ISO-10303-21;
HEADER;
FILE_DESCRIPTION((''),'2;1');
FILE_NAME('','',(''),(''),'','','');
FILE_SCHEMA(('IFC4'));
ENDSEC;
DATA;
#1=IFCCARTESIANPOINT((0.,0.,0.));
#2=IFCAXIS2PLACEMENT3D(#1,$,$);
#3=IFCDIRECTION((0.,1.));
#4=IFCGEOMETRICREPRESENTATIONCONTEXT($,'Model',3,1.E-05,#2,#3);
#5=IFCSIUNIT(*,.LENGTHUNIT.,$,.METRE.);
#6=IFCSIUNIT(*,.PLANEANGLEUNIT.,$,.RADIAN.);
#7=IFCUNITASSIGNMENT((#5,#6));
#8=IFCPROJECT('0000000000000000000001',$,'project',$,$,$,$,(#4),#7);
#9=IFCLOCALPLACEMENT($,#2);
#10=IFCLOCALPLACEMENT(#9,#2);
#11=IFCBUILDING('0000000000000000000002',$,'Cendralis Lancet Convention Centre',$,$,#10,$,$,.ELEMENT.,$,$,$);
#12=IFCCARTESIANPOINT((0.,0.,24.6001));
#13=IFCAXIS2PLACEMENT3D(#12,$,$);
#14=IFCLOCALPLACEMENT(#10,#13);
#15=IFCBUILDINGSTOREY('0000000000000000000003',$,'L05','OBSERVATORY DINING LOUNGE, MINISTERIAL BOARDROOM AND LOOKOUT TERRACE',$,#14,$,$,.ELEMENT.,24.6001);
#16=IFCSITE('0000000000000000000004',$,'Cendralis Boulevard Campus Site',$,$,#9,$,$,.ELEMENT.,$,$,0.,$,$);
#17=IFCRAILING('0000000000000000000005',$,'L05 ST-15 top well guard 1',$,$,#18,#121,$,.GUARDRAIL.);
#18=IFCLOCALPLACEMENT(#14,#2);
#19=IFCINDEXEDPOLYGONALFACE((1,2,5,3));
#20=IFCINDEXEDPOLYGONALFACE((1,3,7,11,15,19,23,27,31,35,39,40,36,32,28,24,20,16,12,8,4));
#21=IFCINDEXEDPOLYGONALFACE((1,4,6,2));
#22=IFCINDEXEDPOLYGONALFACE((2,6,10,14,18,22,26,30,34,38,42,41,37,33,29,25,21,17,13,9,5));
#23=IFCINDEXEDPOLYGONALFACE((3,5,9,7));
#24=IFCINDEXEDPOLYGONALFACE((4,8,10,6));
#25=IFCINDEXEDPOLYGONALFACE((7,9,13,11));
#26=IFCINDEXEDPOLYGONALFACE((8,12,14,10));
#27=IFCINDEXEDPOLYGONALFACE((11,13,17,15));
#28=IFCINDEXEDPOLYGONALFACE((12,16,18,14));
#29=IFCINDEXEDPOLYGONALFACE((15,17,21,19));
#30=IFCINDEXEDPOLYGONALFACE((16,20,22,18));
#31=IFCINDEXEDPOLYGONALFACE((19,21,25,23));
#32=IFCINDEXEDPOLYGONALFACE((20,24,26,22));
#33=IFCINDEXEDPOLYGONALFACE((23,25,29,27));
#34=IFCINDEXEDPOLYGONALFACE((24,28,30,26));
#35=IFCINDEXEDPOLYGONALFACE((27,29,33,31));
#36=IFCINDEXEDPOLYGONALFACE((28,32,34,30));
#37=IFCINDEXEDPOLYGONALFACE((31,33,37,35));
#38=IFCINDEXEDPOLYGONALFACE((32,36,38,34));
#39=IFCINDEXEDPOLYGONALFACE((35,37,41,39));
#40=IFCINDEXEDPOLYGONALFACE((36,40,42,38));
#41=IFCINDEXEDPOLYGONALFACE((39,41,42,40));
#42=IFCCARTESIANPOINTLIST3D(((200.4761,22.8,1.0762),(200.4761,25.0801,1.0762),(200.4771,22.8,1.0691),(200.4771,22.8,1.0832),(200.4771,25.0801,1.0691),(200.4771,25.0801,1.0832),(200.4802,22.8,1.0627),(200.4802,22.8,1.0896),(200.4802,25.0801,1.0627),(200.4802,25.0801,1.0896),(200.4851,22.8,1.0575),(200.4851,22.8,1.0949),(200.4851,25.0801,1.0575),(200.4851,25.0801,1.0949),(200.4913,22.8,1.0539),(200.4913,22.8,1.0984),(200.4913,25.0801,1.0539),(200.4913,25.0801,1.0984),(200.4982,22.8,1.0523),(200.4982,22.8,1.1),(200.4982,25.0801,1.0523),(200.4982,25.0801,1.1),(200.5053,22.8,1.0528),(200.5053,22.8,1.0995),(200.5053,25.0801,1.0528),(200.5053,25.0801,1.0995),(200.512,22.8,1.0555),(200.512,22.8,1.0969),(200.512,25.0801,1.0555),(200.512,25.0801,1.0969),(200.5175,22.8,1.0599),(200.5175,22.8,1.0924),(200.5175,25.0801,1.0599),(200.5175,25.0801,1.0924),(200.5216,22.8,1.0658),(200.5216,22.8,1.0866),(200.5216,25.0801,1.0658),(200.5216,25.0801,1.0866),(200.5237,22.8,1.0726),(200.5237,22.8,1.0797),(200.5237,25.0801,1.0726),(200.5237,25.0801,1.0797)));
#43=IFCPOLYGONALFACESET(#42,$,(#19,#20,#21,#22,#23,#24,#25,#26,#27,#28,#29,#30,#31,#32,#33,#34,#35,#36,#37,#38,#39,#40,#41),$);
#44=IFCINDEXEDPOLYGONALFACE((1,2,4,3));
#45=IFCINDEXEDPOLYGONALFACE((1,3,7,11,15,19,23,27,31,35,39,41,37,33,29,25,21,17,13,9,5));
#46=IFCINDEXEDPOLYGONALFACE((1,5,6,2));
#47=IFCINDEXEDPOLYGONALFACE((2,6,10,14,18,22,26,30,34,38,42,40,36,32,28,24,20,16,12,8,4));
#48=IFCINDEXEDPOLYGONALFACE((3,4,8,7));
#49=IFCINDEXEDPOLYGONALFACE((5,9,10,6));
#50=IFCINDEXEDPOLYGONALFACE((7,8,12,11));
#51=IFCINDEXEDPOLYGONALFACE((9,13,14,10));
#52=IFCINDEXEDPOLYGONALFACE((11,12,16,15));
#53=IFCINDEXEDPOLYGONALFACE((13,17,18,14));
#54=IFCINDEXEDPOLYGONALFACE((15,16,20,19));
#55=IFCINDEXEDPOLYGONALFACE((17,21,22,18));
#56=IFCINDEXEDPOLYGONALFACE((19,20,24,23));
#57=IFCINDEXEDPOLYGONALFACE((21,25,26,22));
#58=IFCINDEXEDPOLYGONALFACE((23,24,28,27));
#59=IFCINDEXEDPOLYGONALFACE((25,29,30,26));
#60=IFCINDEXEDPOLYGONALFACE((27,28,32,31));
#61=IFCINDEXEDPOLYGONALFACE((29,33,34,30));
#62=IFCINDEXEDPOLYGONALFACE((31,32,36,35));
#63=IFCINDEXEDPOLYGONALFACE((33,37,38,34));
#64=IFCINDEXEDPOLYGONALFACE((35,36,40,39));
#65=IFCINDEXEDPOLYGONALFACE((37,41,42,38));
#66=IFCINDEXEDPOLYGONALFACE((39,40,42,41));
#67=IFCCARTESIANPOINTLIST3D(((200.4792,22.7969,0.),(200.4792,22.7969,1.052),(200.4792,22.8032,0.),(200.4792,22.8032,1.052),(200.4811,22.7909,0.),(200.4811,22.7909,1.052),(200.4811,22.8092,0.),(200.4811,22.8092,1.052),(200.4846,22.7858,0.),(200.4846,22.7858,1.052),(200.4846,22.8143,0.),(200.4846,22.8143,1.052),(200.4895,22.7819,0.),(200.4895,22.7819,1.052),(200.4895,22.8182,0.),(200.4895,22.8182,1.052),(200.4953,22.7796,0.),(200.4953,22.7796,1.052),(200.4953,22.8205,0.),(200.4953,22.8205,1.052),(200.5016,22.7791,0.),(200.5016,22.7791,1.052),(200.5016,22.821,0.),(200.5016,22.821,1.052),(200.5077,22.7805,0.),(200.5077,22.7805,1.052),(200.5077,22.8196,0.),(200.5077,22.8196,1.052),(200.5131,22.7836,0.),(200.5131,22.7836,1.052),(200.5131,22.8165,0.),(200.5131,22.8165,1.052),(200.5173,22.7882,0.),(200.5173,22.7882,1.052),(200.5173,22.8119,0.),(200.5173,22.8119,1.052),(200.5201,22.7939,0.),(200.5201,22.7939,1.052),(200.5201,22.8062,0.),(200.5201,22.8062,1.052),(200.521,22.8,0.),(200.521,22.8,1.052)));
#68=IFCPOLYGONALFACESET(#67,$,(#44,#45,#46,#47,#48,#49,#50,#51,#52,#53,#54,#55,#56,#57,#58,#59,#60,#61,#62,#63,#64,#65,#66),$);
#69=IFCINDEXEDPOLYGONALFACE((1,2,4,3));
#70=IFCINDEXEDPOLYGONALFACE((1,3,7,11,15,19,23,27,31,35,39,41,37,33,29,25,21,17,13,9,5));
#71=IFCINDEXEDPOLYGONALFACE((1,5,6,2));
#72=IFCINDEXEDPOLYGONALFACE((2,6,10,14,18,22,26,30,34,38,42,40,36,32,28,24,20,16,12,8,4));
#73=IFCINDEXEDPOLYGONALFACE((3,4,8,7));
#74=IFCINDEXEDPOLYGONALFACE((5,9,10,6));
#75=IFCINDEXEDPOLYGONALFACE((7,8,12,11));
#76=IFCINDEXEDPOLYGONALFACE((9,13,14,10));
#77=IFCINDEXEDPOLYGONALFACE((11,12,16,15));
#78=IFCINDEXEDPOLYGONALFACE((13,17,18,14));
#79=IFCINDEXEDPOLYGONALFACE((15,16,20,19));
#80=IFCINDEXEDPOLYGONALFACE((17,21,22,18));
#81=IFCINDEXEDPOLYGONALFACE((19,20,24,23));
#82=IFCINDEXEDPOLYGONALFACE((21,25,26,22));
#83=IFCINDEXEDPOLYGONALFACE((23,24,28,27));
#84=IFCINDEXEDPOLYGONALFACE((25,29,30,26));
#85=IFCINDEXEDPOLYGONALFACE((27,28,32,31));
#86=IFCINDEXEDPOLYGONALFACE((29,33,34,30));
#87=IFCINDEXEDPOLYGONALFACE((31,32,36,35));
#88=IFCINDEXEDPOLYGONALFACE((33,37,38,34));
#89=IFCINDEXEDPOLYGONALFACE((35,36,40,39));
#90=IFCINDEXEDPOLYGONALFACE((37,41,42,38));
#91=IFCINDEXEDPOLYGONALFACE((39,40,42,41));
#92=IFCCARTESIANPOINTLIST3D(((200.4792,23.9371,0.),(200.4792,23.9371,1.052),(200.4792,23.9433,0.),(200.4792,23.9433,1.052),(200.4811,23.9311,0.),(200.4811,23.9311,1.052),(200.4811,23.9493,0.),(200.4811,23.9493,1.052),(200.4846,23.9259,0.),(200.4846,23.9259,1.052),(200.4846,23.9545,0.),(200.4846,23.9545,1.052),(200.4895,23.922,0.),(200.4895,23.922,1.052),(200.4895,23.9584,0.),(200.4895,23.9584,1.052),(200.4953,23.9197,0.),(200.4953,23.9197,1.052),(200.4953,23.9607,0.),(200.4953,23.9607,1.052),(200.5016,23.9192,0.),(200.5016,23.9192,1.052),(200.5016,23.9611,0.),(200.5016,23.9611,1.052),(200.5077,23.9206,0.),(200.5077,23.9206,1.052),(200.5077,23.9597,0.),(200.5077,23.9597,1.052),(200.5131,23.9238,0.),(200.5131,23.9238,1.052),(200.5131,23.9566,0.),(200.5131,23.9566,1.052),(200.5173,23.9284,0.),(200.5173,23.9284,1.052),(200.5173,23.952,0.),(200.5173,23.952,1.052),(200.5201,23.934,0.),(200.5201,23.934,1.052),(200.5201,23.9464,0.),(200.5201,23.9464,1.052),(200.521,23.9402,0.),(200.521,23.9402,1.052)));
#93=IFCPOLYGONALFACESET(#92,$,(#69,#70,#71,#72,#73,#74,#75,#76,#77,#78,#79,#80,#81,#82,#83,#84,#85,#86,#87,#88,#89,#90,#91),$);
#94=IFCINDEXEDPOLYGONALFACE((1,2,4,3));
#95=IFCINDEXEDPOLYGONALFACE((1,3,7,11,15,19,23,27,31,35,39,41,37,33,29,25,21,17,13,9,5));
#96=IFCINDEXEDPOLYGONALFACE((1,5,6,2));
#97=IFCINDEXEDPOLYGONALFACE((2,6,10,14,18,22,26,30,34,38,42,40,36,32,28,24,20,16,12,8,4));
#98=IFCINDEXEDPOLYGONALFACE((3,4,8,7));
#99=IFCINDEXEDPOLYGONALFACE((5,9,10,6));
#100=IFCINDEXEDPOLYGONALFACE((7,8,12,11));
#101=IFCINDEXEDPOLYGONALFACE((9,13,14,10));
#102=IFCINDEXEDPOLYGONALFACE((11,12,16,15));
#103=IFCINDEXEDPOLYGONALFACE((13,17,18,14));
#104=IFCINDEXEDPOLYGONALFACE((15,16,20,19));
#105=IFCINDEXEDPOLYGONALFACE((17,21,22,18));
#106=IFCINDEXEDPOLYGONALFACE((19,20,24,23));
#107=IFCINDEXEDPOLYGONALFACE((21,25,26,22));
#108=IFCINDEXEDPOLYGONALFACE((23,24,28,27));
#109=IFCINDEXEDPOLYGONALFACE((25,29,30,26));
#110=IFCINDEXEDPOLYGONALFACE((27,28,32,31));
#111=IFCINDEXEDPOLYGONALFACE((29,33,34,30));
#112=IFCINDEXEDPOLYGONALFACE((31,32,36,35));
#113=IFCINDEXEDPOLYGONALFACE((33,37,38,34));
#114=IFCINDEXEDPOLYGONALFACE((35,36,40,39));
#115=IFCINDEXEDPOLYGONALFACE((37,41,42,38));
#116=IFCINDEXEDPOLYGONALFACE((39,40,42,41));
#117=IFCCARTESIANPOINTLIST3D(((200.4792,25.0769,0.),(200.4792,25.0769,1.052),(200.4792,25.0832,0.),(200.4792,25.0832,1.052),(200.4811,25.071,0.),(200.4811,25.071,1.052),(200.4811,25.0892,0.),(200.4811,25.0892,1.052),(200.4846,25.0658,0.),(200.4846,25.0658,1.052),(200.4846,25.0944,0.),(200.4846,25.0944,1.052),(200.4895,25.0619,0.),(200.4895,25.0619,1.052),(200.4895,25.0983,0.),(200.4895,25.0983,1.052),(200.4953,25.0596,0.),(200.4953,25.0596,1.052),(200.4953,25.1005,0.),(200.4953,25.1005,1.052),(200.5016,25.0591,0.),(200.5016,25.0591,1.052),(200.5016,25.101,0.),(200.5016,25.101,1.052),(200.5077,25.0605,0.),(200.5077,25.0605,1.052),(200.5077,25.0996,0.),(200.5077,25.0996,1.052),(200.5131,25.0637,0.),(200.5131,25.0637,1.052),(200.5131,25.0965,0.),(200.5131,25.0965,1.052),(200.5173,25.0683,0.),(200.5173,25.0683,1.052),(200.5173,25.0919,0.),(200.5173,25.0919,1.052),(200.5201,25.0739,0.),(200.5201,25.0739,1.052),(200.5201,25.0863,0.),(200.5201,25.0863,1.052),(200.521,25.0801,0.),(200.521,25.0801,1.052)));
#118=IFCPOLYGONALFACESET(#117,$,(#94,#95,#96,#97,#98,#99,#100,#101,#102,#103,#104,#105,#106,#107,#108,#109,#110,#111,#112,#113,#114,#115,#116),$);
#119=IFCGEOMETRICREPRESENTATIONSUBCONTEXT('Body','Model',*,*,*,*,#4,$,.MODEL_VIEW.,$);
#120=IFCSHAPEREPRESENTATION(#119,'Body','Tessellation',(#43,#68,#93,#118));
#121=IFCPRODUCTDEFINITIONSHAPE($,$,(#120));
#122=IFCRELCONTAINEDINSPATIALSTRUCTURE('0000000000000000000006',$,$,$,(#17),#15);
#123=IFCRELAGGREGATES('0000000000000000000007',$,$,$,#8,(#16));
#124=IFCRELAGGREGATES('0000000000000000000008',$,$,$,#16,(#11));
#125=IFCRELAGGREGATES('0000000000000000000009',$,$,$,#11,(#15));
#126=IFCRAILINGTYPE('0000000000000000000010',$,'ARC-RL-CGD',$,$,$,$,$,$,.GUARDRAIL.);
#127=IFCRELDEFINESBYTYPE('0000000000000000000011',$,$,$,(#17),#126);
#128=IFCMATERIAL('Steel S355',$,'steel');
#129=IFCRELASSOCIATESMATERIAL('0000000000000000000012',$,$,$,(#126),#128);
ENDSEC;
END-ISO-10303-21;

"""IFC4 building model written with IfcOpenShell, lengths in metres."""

from ifc_helpers import new_model, si_unit, direction, frame, origin, origin_2d, place, context, subcontext, project, spatial, circle, extrude, material, type_object, element, save


model = new_model("IFC4")

# Units and contexts
model_context = context("Model", 3, precision=1e-05, world=origin(), true_north=direction((0.0, 1.0)))
body_context = subcontext(model_context, "Body", "Model", "MODEL_VIEW")
ifc_project = project(units=[si_unit("LENGTHUNIT", "METRE"), si_unit("PLANEANGLEUNIT", "RADIAN")], contexts=[model_context])

# Site, building, storey
site_placement = place(None, origin())
site = spatial("IfcSite", under=ifc_project, at=site_placement, Name="Cendralis Boulevard Campus Site", CompositionType="ELEMENT", RefElevation=0.0)
building_placement = place(site_placement, origin())
building = spatial("IfcBuilding", under=site, at=building_placement, Name="Cendralis Lancet Convention Centre", CompositionType="ELEMENT")
storey_placement = place(building_placement, frame((0.0, 0.0, 24.6001)))
storey = spatial("IfcBuildingStorey", under=building, at=storey_placement, Name="L05", Description="OBSERVATORY DINING LOUNGE, MINISTERIAL BOARDROOM AND LOOKOUT TERRACE", CompositionType="ELEMENT", Elevation=24.6001)

# Shared definitions
ifc_material_1 = material(Name="Steel S355", Category="steel")

# Railing
railing_type = type_object("IfcRailingType", Name="ARC-RL-CGD", PredefinedType="GUARDRAIL", material=ifc_material_1)
railing_placement = place(storey_placement, frame((200.5, 22.8, 0.0)))
element("IfcRailing", 1, at=railing_placement, inside=storey, type_object=railing_type, Name="L05 ST-15 top well guard 1", PredefinedType="GUARDRAIL", context=body_context, shape_type="SweptSolid", body=[
    extrude(circle(Radius=0.0239, at=origin_2d()), frame((0.0, 0.0, 1.0762), z_axis=(0.0, 1.0, 0.0), x_axis=(-1.0, 0.0, 0.0)), (0.0, 0.0, 1.0), 2.28),
    extrude(circle(Radius=0.021, at=origin_2d()), origin(), (0.0, 0.0, 1.0), 1.052),
    extrude(circle(Radius=0.021, at=origin_2d()), frame((0.0, 1.1401, 0.0)), (0.0, 0.0, 1.0), 1.052),
    extrude(circle(Radius=0.021, at=origin_2d()), frame((0.0, 2.28, 0.0)), (0.0, 0.0, 1.0), 1.052),
])

save(model, "model.ifc")
